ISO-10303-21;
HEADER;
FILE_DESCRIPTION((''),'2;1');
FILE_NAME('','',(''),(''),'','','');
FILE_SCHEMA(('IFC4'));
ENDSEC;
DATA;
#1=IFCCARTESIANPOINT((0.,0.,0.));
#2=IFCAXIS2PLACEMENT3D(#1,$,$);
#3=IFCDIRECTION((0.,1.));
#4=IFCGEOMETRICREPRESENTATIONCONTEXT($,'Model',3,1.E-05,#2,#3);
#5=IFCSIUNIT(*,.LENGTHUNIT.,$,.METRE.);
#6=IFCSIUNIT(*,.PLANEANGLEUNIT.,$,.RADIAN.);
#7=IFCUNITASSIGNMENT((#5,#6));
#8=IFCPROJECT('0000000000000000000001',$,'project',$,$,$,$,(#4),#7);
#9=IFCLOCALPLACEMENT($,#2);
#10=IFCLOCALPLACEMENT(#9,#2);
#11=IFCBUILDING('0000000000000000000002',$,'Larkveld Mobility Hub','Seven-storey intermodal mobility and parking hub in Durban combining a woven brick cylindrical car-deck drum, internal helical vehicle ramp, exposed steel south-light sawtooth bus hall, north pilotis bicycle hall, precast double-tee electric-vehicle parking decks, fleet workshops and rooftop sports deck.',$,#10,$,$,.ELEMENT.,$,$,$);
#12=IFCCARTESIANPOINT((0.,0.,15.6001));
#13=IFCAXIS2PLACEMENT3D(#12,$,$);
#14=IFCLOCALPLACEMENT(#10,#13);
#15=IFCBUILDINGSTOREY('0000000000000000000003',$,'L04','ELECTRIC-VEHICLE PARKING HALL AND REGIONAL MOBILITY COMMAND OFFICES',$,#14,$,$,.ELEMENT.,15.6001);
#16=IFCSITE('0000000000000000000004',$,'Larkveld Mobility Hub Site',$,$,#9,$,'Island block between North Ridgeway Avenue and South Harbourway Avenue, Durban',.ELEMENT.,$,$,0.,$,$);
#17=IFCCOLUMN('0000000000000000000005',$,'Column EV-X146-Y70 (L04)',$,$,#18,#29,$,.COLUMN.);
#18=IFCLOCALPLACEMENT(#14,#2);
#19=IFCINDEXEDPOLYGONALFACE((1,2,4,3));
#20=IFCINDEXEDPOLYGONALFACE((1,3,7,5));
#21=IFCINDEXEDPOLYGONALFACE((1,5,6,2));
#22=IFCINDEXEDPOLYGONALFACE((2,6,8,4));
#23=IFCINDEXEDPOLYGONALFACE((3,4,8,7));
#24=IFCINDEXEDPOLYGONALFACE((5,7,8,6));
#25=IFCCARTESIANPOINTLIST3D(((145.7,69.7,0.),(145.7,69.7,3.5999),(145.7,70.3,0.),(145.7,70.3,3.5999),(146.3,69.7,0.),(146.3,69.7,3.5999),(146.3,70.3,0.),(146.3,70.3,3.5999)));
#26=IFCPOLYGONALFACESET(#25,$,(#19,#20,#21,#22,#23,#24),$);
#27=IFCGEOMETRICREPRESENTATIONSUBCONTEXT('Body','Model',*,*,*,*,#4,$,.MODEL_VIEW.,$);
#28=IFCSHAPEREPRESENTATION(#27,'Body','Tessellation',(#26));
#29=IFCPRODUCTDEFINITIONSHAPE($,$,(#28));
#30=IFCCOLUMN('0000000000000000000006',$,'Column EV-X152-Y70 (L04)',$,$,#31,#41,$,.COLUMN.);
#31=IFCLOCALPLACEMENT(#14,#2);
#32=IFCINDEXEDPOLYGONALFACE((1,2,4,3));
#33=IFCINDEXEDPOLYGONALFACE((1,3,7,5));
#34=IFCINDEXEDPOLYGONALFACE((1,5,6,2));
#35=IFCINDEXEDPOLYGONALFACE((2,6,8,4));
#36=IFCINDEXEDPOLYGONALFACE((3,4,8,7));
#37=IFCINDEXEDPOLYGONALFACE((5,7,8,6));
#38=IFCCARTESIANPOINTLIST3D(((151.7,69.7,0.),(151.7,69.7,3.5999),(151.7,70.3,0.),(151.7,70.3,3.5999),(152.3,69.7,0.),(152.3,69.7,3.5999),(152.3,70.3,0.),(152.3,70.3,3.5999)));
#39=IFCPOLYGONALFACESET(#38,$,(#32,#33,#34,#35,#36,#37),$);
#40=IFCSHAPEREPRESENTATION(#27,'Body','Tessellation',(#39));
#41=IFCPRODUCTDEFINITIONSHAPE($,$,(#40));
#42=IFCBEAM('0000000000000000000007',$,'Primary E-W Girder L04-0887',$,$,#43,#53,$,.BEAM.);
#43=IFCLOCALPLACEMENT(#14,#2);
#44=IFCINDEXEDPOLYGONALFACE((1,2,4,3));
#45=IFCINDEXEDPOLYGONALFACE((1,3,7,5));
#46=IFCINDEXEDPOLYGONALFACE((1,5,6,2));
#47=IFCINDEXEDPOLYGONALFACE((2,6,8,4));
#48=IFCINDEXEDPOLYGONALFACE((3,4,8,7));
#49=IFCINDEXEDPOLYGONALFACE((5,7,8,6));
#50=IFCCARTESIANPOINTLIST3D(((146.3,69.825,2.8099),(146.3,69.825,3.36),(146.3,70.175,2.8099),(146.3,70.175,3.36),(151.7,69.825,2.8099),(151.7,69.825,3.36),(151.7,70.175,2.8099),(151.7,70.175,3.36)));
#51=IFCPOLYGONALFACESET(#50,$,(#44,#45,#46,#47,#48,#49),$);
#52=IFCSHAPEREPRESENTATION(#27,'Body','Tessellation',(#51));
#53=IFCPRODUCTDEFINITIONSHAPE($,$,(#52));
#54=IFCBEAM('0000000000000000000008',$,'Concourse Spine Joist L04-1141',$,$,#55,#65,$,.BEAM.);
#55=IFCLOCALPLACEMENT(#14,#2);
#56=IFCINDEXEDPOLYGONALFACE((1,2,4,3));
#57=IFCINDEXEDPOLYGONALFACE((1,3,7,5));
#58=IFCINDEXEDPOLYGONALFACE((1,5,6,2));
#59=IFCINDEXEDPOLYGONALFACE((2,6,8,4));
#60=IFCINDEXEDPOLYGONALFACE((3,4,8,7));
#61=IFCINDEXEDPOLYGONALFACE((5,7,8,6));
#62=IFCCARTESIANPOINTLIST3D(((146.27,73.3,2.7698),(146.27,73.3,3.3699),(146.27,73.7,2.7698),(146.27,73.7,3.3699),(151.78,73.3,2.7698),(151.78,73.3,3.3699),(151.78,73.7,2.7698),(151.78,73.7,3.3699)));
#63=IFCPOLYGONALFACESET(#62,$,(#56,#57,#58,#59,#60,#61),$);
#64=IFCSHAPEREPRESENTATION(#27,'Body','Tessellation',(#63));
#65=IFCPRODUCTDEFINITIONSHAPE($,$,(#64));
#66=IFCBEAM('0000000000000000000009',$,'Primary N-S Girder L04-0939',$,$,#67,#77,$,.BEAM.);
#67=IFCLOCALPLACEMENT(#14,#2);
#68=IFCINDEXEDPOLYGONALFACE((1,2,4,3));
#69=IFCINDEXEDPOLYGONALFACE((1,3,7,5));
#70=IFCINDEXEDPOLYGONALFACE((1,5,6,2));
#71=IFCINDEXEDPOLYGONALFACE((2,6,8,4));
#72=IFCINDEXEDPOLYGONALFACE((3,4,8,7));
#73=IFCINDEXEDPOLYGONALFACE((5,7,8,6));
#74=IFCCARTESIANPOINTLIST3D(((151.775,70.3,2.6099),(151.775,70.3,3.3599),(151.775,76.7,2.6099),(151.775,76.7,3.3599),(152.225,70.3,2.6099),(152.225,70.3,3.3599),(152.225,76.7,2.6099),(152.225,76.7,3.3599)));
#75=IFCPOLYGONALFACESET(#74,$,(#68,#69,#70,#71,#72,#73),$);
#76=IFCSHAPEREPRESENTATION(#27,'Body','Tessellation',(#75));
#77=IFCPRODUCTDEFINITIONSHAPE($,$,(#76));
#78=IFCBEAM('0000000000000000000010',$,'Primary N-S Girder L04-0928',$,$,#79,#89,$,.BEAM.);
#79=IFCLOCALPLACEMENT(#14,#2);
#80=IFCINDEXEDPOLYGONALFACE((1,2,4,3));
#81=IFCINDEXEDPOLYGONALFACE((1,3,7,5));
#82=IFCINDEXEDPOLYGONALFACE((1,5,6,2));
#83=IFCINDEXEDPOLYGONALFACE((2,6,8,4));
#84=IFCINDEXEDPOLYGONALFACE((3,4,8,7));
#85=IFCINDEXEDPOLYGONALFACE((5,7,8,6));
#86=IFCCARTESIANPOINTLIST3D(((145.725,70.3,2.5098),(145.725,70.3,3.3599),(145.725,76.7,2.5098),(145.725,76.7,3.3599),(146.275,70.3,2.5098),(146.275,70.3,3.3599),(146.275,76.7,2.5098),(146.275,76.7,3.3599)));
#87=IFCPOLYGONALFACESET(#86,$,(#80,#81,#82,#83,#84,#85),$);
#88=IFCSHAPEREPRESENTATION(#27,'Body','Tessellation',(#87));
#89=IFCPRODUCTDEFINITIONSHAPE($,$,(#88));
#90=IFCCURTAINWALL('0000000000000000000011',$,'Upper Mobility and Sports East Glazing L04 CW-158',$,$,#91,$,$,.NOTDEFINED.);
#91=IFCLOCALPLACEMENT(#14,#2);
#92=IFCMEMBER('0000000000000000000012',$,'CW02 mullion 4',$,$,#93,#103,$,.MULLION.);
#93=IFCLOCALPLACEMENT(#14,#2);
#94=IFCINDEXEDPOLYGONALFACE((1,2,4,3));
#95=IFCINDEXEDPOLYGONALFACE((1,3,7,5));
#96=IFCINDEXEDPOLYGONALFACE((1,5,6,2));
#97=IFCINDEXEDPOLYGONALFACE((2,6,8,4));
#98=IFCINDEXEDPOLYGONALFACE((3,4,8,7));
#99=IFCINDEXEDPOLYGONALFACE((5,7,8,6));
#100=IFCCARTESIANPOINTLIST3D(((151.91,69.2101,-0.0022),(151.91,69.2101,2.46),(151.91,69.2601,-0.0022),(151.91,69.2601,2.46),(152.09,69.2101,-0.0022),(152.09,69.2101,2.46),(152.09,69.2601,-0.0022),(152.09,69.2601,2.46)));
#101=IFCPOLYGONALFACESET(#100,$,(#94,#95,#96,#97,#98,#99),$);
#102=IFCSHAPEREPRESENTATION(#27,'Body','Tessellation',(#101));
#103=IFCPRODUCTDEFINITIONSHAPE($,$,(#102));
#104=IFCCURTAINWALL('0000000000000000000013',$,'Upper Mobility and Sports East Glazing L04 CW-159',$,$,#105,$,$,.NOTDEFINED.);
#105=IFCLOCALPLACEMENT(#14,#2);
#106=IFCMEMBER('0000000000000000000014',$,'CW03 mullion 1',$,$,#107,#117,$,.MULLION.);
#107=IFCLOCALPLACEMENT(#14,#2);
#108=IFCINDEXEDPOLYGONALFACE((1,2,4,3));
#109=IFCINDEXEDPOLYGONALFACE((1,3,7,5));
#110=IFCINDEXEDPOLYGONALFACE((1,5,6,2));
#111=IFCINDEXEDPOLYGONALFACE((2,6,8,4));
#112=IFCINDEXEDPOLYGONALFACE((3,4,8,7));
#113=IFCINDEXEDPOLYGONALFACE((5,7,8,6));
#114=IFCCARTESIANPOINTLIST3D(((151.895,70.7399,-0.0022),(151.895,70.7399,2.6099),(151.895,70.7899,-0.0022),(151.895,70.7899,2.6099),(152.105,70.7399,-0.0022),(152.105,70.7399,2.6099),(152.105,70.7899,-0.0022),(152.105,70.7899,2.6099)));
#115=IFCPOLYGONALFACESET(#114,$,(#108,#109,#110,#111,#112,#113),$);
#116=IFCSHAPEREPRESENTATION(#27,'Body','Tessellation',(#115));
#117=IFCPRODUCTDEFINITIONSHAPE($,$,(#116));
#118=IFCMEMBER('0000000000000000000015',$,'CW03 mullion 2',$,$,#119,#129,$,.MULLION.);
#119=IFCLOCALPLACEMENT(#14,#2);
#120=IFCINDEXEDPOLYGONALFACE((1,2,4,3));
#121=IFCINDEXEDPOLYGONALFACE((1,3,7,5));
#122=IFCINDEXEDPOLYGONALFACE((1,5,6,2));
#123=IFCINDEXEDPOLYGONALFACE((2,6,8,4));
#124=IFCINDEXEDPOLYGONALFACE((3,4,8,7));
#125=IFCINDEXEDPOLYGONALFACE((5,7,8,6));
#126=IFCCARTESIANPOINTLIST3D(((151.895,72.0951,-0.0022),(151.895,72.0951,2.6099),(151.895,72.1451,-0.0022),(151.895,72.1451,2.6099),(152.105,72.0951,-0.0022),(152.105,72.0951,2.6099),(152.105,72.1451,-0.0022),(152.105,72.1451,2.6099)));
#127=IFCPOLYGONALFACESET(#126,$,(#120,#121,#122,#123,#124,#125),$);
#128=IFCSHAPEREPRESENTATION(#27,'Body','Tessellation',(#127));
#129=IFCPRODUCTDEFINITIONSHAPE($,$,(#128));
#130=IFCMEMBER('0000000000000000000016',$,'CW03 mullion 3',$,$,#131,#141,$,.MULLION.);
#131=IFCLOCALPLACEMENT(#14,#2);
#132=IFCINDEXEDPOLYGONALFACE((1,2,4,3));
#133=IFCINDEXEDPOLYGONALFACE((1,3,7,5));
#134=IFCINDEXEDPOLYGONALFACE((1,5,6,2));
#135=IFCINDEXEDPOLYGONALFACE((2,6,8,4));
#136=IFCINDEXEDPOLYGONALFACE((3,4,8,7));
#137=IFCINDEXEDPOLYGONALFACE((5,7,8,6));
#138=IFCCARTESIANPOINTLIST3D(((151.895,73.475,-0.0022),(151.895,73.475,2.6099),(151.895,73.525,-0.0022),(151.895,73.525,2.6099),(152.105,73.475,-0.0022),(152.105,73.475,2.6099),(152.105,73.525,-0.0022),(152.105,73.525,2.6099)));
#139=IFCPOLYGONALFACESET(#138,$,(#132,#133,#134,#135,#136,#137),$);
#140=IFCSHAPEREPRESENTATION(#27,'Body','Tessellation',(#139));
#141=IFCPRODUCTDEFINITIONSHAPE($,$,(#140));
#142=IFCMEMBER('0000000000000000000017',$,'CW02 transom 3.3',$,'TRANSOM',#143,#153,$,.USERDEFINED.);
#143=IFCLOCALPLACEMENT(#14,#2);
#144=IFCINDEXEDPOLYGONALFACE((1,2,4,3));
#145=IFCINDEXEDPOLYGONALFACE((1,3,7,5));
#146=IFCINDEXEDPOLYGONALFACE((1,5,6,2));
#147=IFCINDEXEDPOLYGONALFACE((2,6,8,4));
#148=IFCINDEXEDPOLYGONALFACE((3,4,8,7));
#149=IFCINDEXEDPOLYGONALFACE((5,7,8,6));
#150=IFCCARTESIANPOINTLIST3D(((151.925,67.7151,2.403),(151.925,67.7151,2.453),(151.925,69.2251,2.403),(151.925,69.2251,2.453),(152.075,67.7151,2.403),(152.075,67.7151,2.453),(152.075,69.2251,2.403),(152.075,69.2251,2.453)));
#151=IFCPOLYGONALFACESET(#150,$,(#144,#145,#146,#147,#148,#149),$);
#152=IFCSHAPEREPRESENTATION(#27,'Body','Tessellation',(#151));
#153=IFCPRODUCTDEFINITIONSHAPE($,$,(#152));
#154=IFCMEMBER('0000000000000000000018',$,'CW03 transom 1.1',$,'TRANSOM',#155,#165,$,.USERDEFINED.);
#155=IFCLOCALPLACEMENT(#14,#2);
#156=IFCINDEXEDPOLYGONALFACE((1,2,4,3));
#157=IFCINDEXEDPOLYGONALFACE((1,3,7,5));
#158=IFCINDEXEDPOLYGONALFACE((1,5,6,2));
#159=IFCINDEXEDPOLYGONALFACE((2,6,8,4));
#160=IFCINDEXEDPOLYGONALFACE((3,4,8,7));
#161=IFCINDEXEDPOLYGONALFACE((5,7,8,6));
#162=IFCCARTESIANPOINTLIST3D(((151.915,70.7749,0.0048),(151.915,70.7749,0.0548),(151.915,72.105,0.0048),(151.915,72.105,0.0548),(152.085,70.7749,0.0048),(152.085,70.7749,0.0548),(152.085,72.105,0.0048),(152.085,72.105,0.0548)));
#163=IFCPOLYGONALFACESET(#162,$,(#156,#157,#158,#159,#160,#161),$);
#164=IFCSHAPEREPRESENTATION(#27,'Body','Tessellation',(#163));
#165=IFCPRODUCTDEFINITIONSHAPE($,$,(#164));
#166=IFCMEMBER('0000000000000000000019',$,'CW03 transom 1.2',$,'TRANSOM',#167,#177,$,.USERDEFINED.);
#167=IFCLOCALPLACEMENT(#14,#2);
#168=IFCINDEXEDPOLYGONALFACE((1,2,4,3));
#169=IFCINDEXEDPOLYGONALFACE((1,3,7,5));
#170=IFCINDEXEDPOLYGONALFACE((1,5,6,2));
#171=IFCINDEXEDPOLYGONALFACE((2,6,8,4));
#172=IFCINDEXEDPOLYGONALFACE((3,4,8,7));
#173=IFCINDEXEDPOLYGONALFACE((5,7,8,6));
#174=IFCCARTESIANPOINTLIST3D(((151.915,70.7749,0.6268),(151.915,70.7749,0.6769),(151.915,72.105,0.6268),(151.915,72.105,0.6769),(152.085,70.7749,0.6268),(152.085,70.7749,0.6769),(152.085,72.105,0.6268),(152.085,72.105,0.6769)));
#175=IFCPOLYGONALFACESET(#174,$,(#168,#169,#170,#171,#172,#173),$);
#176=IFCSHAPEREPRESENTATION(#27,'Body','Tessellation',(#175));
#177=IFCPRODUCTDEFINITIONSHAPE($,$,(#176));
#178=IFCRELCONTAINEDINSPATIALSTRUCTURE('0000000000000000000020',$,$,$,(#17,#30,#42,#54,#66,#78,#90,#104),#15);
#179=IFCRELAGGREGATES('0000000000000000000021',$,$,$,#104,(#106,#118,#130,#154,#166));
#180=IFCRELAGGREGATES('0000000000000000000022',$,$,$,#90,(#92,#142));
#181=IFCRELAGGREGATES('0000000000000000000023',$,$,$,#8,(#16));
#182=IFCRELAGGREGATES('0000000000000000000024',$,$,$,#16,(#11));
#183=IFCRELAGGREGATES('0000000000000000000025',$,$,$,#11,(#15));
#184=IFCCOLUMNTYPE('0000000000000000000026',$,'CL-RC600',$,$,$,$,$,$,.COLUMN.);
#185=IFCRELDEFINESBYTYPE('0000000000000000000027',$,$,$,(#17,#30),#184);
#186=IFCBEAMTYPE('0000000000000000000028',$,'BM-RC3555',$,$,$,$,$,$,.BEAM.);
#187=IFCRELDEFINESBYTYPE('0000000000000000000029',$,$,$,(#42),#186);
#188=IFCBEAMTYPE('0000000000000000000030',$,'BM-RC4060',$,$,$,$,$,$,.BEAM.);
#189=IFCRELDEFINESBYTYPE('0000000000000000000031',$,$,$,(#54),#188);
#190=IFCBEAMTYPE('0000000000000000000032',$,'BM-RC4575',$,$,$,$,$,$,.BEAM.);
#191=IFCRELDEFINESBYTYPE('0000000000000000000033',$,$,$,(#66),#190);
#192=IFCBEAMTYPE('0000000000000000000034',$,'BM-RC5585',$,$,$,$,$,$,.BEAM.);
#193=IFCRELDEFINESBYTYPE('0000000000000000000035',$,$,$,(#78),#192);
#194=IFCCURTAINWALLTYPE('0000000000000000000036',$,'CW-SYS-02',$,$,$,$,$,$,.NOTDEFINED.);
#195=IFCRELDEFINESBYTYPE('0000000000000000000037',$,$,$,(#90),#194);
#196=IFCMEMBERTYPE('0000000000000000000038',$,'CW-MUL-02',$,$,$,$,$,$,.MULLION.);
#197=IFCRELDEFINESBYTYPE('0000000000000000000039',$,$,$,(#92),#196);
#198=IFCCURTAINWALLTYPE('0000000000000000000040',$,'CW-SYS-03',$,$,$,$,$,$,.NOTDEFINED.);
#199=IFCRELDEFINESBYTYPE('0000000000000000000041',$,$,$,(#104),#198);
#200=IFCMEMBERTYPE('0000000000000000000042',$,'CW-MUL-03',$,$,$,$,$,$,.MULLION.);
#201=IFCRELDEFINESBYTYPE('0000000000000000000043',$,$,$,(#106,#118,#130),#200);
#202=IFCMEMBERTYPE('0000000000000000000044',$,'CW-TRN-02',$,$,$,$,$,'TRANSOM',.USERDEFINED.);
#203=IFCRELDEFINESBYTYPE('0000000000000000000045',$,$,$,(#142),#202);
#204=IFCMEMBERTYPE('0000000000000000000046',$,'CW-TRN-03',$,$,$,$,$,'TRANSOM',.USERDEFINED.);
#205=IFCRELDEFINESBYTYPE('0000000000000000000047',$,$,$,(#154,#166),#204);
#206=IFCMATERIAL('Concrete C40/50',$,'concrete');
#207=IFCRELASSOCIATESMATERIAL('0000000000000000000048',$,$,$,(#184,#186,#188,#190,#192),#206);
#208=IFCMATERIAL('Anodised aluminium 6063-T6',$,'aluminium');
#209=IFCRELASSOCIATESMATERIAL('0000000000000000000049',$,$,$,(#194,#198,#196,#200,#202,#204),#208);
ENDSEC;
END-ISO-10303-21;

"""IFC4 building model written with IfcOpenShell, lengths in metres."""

from ifc_helpers import new_model, si_unit, direction, frame, origin, origin_2d, place, context, subcontext, project, spatial, rectangle, extrude, material, material_profile, profile_set, type_object, element, aggregate, save


model = new_model("IFC4")

# Units and contexts
model_context = context("Model", 3, precision=1e-05, world=origin(), true_north=direction((0.0, 1.0)))
body_context = subcontext(model_context, "Body", "Model", "MODEL_VIEW")
ifc_project = project(units=[si_unit("LENGTHUNIT", "METRE"), si_unit("PLANEANGLEUNIT", "RADIAN")], contexts=[model_context])

# Site, building, storey
site_placement = place(None, origin())
site = spatial("IfcSite", under=ifc_project, at=site_placement, Name="Larkveld Mobility Hub Site", LongName="Island block between North Ridgeway Avenue and South Harbourway Avenue, Durban", CompositionType="ELEMENT", RefElevation=0.0)
building_placement = place(site_placement, origin())
building = spatial("IfcBuilding", under=site, at=building_placement, Name="Larkveld Mobility Hub", Description="Seven-storey intermodal mobility and parking hub in Durban combining a woven brick cylindrical car-deck drum, internal helical vehicle ramp, exposed steel south-light sawtooth bus hall, north pilotis bicycle hall, precast double-tee electric-vehicle parking decks, fleet workshops and rooftop sports deck.", CompositionType="ELEMENT")
storey_placement = place(building_placement, frame((0.0, 0.0, 15.6001)))
storey = spatial("IfcBuildingStorey", under=building, at=storey_placement, Name="L04", Description="ELECTRIC-VEHICLE PARKING HALL AND REGIONAL MOBILITY COMMAND OFFICES", CompositionType="ELEMENT", Elevation=15.6001)

# Columns
ifc_material_1 = material(Name="Concrete C40/50", Category="concrete")
ifc_material_profile_1 = material_profile(ifc_material_1, rectangle(XDim=0.6001, YDim=0.6001, at=origin_2d()), Name="RC COL 600x600")
ifc_profile_set_1 = profile_set([ifc_material_profile_1], Name="Concrete C40/50")
column_type = type_object("IfcColumnType", Name="CL-RC600", PredefinedType="COLUMN", material=ifc_profile_set_1)
for number, where, z_axis, x_axis, name in (
    (1, (146.0, 70.0, 0.0), (0.0, 0.0, 1.0), (1.0, 0.0, 0.0), "Column EV-X146-Y70 (L04)"),
    (2, (152.0, 70.0, 0.0), (0.0, 0.0, 1.0), (1.0, 0.0, 0.0), "Column EV-X152-Y70 (L04)"),
):
    element("IfcColumn", number, at=place(storey_placement, frame(where, z_axis=z_axis, x_axis=x_axis)), inside=storey, type_object=column_type, Name=name, PredefinedType="COLUMN", context=body_context, shape_type="SweptSolid", body=[
        extrude(rectangle(XDim=0.6001, YDim=0.6001, at=origin_2d()), origin(), (0.0, 0.0, 1.0), 3.5999),
    ])

# Beams
ifc_material_profile_2 = material_profile(ifc_material_1, rectangle(XDim=0.3501, YDim=0.55, at=origin_2d()), Name="RC BM 350x550")
ifc_profile_set_2 = profile_set([ifc_material_profile_2], Name="Concrete C40/50")
beam_type_1 = type_object("IfcBeamType", Name="BM-RC3555", PredefinedType="BEAM", material=ifc_profile_set_2)
beam_1_placement = place(storey_placement, frame((146.3, 70.0, 3.085), z_axis=(1.0, 0.0, 0.0), x_axis=(0.0, 1.0, 0.0)))
element("IfcBeam", 3, at=beam_1_placement, inside=storey, type_object=beam_type_1, Name="Primary E-W Girder L04-0887", PredefinedType="BEAM", context=body_context, shape_type="SweptSolid", body=[
    extrude(rectangle(XDim=0.3501, YDim=0.55, at=origin_2d()), origin(), (0.0, 0.0, 1.0), 5.3999),
])
ifc_material_profile_3 = material_profile(ifc_material_1, rectangle(XDim=0.3999, YDim=0.6001, at=origin_2d()), Name="RC BM 400x600")
ifc_profile_set_3 = profile_set([ifc_material_profile_3], Name="Concrete C40/50")
beam_type_2 = type_object("IfcBeamType", Name="BM-RC4060", PredefinedType="BEAM", material=ifc_profile_set_3)
beam_2_placement = place(storey_placement, frame((146.27, 73.5, 3.0698), z_axis=(1.0, 0.0, 0.0), x_axis=(0.0, 1.0, 0.0)))
element("IfcBeam", 4, at=beam_2_placement, inside=storey, type_object=beam_type_2, Name="Concourse Spine Joist L04-1141", PredefinedType="BEAM", context=body_context, shape_type="SweptSolid", body=[
    extrude(rectangle(XDim=0.3999, YDim=0.6001, at=origin_2d()), origin(), (0.0, 0.0, 1.0), 5.51),
])
ifc_material_profile_4 = material_profile(ifc_material_1, rectangle(XDim=0.45, YDim=0.75, at=origin_2d()), Name="RC BM 450x750")
ifc_profile_set_4 = profile_set([ifc_material_profile_4], Name="Concrete C40/50")
beam_type_3 = type_object("IfcBeamType", Name="BM-RC4575", PredefinedType="BEAM", material=ifc_profile_set_4)
beam_3_placement = place(storey_placement, frame((152.0, 70.3, 2.9849), z_axis=(0.0, 1.0, 0.0), x_axis=(-1.0, 0.0, 0.0)))
element("IfcBeam", 5, at=beam_3_placement, inside=storey, type_object=beam_type_3, Name="Primary N-S Girder L04-0939", PredefinedType="BEAM", context=body_context, shape_type="SweptSolid", body=[
    extrude(rectangle(XDim=0.45, YDim=0.75, at=origin_2d()), origin(), (0.0, 0.0, 1.0), 6.3999),
])
ifc_material_profile_5 = material_profile(ifc_material_1, rectangle(XDim=0.55, YDim=0.8501, at=origin_2d()), Name="RC BM 550x850")
ifc_profile_set_5 = profile_set([ifc_material_profile_5], Name="Concrete C40/50")
beam_type_4 = type_object("IfcBeamType", Name="BM-RC5585", PredefinedType="BEAM", material=ifc_profile_set_5)
beam_4_placement = place(storey_placement, frame((146.0, 70.3, 2.9348), z_axis=(0.0, 1.0, 0.0), x_axis=(-1.0, 0.0, 0.0)))
element("IfcBeam", 6, at=beam_4_placement, inside=storey, type_object=beam_type_4, Name="Primary N-S Girder L04-0928", PredefinedType="BEAM", context=body_context, shape_type="SweptSolid", body=[
    extrude(rectangle(XDim=0.55, YDim=0.8501, at=origin_2d()), origin(), (0.0, 0.0, 1.0), 6.3999),
])

# Curtain wall, member
ifc_material_2 = material(Name="Anodised aluminium 6063-T6", Category="aluminium")
curtain_wall_type_1 = type_object("IfcCurtainWallType", Name="CW-SYS-02", PredefinedType="NOTDEFINED", material=ifc_material_2)
curtain_wall_1_placement = place(storey_placement, origin())
curtain_wall_1 = element("IfcCurtainWall", 7, at=curtain_wall_1_placement, inside=storey, type_object=curtain_wall_type_1, Name="Upper Mobility and Sports East Glazing L04 CW-158", PredefinedType="NOTDEFINED")
ifc_material_profile_6 = material_profile(ifc_material_2, rectangle(XDim=0.05, YDim=0.1799, at=origin_2d()), Name="ALU MULL 50x180")
ifc_profile_set_6 = profile_set([ifc_material_profile_6], Name="Anodised aluminium 6063-T6")
member_type_1 = type_object("IfcMemberType", Name="CW-MUL-02", PredefinedType="MULLION", material=ifc_profile_set_6)
member_1_placement = place(storey_placement, frame((152.0, 69.2351, -0.0022), z_axis=(0.0, 0.0, 1.0), x_axis=(0.0, 1.0, 0.0)))
member_1 = element("IfcMember", 8, at=member_1_placement, type_object=member_type_1, Name="CW02 mullion 4", PredefinedType="MULLION", context=body_context, shape_type="SweptSolid", body=[
    extrude(rectangle(XDim=0.05, YDim=0.1799, at=origin_2d()), origin(), (0.0, 0.0, 1.0), 2.4622),
])

# Curtain wall, members
curtain_wall_type_2 = type_object("IfcCurtainWallType", Name="CW-SYS-03", PredefinedType="NOTDEFINED", material=ifc_material_2)
curtain_wall_2_placement = place(storey_placement, origin())
curtain_wall_2 = element("IfcCurtainWall", 9, at=curtain_wall_2_placement, inside=storey, type_object=curtain_wall_type_2, Name="Upper Mobility and Sports East Glazing L04 CW-159", PredefinedType="NOTDEFINED")
ifc_material_profile_7 = material_profile(ifc_material_2, rectangle(XDim=0.05, YDim=0.21, at=origin_2d()), Name="ALU MULL 50x210")
ifc_profile_set_7 = profile_set([ifc_material_profile_7], Name="Anodised aluminium 6063-T6")
member_type_2 = type_object("IfcMemberType", Name="CW-MUL-03", PredefinedType="MULLION", material=ifc_profile_set_7)
member_2_placement = place(storey_placement, frame((152.0, 70.7649, -0.0022), z_axis=(0.0, 0.0, 1.0), x_axis=(0.0, 1.0, 0.0)))
member_2 = element("IfcMember", 10, at=member_2_placement, type_object=member_type_2, Name="CW03 mullion 1", PredefinedType="MULLION", context=body_context, shape_type="SweptSolid", body=[
    extrude(rectangle(XDim=0.05, YDim=0.21, at=origin_2d()), origin(), (0.0, 0.0, 1.0), 2.6121),
])
member_3_placement = place(storey_placement, frame((152.0, 72.1201, -0.0022), z_axis=(0.0, 0.0, 1.0), x_axis=(0.0, 1.0, 0.0)))
member_3 = element("IfcMember", 11, at=member_3_placement, type_object=member_type_2, Name="CW03 mullion 2", PredefinedType="MULLION", context=body_context, shape_type="SweptSolid", body=[
    extrude(rectangle(XDim=0.05, YDim=0.21, at=origin_2d()), origin(), (0.0, 0.0, 1.0), 2.6121),
])
member_4_placement = place(storey_placement, frame((152.0, 73.5, -0.0022), z_axis=(0.0, 0.0, 1.0), x_axis=(0.0, 1.0, 0.0)))
member_4 = element("IfcMember", 12, at=member_4_placement, type_object=member_type_2, Name="CW03 mullion 3", PredefinedType="MULLION", context=body_context, shape_type="SweptSolid", body=[
    extrude(rectangle(XDim=0.05, YDim=0.21, at=origin_2d()), origin(), (0.0, 0.0, 1.0), 2.6121),
])

# Members
ifc_material_profile_8 = material_profile(ifc_material_2, rectangle(XDim=0.1499, YDim=0.05, at=origin_2d()), Name="ALU TRAN 50x150")
ifc_profile_set_8 = profile_set([ifc_material_profile_8], Name="Anodised aluminium 6063-T6")
member_type_3 = type_object("IfcMemberType", Name="CW-TRN-02", ElementType="TRANSOM", PredefinedType="USERDEFINED", material=ifc_profile_set_8)
member_5_placement = place(storey_placement, frame((152.0, 67.7151, 2.428), z_axis=(0.0, 1.0, 0.0), x_axis=(-1.0, 0.0, 0.0)))
member_5 = element("IfcMember", 13, at=member_5_placement, type_object=member_type_3, Name="CW02 transom 3.3", ObjectType="TRANSOM", PredefinedType="USERDEFINED", context=body_context, shape_type="SweptSolid", body=[
    extrude(rectangle(XDim=0.1499, YDim=0.05, at=origin_2d()), origin(), (0.0, 0.0, 1.0), 1.51),
])
ifc_material_profile_9 = material_profile(ifc_material_2, rectangle(XDim=0.1699, YDim=0.05, at=origin_2d()), Name="ALU TRAN 50x170")
ifc_profile_set_9 = profile_set([ifc_material_profile_9], Name="Anodised aluminium 6063-T6")
member_type_4 = type_object("IfcMemberType", Name="CW-TRN-03", ElementType="TRANSOM", PredefinedType="USERDEFINED", material=ifc_profile_set_9)
member_6_placement = place(storey_placement, frame((152.0, 70.7749, 0.0298), z_axis=(0.0, 1.0, 0.0), x_axis=(-1.0, 0.0, 0.0)))
member_6 = element("IfcMember", 14, at=member_6_placement, type_object=member_type_4, Name="CW03 transom 1.1", ObjectType="TRANSOM", PredefinedType="USERDEFINED", context=body_context, shape_type="SweptSolid", body=[
    extrude(rectangle(XDim=0.1699, YDim=0.05, at=origin_2d()), origin(), (0.0, 0.0, 1.0), 1.3301),
])
member_7_placement = place(storey_placement, frame((152.0, 70.7749, 0.6519), z_axis=(0.0, 1.0, 0.0), x_axis=(-1.0, 0.0, 0.0)))
member_7 = element("IfcMember", 15, at=member_7_placement, type_object=member_type_4, Name="CW03 transom 1.2", ObjectType="TRANSOM", PredefinedType="USERDEFINED", context=body_context, shape_type="SweptSolid", body=[
    extrude(rectangle(XDim=0.1699, YDim=0.05, at=origin_2d()), origin(), (0.0, 0.0, 1.0), 1.3301),
])

aggregate(curtain_wall_2, [member_2, member_3, member_4, member_6, member_7])
aggregate(curtain_wall_1, [member_1, member_5])

save(model, "model.ifc")
